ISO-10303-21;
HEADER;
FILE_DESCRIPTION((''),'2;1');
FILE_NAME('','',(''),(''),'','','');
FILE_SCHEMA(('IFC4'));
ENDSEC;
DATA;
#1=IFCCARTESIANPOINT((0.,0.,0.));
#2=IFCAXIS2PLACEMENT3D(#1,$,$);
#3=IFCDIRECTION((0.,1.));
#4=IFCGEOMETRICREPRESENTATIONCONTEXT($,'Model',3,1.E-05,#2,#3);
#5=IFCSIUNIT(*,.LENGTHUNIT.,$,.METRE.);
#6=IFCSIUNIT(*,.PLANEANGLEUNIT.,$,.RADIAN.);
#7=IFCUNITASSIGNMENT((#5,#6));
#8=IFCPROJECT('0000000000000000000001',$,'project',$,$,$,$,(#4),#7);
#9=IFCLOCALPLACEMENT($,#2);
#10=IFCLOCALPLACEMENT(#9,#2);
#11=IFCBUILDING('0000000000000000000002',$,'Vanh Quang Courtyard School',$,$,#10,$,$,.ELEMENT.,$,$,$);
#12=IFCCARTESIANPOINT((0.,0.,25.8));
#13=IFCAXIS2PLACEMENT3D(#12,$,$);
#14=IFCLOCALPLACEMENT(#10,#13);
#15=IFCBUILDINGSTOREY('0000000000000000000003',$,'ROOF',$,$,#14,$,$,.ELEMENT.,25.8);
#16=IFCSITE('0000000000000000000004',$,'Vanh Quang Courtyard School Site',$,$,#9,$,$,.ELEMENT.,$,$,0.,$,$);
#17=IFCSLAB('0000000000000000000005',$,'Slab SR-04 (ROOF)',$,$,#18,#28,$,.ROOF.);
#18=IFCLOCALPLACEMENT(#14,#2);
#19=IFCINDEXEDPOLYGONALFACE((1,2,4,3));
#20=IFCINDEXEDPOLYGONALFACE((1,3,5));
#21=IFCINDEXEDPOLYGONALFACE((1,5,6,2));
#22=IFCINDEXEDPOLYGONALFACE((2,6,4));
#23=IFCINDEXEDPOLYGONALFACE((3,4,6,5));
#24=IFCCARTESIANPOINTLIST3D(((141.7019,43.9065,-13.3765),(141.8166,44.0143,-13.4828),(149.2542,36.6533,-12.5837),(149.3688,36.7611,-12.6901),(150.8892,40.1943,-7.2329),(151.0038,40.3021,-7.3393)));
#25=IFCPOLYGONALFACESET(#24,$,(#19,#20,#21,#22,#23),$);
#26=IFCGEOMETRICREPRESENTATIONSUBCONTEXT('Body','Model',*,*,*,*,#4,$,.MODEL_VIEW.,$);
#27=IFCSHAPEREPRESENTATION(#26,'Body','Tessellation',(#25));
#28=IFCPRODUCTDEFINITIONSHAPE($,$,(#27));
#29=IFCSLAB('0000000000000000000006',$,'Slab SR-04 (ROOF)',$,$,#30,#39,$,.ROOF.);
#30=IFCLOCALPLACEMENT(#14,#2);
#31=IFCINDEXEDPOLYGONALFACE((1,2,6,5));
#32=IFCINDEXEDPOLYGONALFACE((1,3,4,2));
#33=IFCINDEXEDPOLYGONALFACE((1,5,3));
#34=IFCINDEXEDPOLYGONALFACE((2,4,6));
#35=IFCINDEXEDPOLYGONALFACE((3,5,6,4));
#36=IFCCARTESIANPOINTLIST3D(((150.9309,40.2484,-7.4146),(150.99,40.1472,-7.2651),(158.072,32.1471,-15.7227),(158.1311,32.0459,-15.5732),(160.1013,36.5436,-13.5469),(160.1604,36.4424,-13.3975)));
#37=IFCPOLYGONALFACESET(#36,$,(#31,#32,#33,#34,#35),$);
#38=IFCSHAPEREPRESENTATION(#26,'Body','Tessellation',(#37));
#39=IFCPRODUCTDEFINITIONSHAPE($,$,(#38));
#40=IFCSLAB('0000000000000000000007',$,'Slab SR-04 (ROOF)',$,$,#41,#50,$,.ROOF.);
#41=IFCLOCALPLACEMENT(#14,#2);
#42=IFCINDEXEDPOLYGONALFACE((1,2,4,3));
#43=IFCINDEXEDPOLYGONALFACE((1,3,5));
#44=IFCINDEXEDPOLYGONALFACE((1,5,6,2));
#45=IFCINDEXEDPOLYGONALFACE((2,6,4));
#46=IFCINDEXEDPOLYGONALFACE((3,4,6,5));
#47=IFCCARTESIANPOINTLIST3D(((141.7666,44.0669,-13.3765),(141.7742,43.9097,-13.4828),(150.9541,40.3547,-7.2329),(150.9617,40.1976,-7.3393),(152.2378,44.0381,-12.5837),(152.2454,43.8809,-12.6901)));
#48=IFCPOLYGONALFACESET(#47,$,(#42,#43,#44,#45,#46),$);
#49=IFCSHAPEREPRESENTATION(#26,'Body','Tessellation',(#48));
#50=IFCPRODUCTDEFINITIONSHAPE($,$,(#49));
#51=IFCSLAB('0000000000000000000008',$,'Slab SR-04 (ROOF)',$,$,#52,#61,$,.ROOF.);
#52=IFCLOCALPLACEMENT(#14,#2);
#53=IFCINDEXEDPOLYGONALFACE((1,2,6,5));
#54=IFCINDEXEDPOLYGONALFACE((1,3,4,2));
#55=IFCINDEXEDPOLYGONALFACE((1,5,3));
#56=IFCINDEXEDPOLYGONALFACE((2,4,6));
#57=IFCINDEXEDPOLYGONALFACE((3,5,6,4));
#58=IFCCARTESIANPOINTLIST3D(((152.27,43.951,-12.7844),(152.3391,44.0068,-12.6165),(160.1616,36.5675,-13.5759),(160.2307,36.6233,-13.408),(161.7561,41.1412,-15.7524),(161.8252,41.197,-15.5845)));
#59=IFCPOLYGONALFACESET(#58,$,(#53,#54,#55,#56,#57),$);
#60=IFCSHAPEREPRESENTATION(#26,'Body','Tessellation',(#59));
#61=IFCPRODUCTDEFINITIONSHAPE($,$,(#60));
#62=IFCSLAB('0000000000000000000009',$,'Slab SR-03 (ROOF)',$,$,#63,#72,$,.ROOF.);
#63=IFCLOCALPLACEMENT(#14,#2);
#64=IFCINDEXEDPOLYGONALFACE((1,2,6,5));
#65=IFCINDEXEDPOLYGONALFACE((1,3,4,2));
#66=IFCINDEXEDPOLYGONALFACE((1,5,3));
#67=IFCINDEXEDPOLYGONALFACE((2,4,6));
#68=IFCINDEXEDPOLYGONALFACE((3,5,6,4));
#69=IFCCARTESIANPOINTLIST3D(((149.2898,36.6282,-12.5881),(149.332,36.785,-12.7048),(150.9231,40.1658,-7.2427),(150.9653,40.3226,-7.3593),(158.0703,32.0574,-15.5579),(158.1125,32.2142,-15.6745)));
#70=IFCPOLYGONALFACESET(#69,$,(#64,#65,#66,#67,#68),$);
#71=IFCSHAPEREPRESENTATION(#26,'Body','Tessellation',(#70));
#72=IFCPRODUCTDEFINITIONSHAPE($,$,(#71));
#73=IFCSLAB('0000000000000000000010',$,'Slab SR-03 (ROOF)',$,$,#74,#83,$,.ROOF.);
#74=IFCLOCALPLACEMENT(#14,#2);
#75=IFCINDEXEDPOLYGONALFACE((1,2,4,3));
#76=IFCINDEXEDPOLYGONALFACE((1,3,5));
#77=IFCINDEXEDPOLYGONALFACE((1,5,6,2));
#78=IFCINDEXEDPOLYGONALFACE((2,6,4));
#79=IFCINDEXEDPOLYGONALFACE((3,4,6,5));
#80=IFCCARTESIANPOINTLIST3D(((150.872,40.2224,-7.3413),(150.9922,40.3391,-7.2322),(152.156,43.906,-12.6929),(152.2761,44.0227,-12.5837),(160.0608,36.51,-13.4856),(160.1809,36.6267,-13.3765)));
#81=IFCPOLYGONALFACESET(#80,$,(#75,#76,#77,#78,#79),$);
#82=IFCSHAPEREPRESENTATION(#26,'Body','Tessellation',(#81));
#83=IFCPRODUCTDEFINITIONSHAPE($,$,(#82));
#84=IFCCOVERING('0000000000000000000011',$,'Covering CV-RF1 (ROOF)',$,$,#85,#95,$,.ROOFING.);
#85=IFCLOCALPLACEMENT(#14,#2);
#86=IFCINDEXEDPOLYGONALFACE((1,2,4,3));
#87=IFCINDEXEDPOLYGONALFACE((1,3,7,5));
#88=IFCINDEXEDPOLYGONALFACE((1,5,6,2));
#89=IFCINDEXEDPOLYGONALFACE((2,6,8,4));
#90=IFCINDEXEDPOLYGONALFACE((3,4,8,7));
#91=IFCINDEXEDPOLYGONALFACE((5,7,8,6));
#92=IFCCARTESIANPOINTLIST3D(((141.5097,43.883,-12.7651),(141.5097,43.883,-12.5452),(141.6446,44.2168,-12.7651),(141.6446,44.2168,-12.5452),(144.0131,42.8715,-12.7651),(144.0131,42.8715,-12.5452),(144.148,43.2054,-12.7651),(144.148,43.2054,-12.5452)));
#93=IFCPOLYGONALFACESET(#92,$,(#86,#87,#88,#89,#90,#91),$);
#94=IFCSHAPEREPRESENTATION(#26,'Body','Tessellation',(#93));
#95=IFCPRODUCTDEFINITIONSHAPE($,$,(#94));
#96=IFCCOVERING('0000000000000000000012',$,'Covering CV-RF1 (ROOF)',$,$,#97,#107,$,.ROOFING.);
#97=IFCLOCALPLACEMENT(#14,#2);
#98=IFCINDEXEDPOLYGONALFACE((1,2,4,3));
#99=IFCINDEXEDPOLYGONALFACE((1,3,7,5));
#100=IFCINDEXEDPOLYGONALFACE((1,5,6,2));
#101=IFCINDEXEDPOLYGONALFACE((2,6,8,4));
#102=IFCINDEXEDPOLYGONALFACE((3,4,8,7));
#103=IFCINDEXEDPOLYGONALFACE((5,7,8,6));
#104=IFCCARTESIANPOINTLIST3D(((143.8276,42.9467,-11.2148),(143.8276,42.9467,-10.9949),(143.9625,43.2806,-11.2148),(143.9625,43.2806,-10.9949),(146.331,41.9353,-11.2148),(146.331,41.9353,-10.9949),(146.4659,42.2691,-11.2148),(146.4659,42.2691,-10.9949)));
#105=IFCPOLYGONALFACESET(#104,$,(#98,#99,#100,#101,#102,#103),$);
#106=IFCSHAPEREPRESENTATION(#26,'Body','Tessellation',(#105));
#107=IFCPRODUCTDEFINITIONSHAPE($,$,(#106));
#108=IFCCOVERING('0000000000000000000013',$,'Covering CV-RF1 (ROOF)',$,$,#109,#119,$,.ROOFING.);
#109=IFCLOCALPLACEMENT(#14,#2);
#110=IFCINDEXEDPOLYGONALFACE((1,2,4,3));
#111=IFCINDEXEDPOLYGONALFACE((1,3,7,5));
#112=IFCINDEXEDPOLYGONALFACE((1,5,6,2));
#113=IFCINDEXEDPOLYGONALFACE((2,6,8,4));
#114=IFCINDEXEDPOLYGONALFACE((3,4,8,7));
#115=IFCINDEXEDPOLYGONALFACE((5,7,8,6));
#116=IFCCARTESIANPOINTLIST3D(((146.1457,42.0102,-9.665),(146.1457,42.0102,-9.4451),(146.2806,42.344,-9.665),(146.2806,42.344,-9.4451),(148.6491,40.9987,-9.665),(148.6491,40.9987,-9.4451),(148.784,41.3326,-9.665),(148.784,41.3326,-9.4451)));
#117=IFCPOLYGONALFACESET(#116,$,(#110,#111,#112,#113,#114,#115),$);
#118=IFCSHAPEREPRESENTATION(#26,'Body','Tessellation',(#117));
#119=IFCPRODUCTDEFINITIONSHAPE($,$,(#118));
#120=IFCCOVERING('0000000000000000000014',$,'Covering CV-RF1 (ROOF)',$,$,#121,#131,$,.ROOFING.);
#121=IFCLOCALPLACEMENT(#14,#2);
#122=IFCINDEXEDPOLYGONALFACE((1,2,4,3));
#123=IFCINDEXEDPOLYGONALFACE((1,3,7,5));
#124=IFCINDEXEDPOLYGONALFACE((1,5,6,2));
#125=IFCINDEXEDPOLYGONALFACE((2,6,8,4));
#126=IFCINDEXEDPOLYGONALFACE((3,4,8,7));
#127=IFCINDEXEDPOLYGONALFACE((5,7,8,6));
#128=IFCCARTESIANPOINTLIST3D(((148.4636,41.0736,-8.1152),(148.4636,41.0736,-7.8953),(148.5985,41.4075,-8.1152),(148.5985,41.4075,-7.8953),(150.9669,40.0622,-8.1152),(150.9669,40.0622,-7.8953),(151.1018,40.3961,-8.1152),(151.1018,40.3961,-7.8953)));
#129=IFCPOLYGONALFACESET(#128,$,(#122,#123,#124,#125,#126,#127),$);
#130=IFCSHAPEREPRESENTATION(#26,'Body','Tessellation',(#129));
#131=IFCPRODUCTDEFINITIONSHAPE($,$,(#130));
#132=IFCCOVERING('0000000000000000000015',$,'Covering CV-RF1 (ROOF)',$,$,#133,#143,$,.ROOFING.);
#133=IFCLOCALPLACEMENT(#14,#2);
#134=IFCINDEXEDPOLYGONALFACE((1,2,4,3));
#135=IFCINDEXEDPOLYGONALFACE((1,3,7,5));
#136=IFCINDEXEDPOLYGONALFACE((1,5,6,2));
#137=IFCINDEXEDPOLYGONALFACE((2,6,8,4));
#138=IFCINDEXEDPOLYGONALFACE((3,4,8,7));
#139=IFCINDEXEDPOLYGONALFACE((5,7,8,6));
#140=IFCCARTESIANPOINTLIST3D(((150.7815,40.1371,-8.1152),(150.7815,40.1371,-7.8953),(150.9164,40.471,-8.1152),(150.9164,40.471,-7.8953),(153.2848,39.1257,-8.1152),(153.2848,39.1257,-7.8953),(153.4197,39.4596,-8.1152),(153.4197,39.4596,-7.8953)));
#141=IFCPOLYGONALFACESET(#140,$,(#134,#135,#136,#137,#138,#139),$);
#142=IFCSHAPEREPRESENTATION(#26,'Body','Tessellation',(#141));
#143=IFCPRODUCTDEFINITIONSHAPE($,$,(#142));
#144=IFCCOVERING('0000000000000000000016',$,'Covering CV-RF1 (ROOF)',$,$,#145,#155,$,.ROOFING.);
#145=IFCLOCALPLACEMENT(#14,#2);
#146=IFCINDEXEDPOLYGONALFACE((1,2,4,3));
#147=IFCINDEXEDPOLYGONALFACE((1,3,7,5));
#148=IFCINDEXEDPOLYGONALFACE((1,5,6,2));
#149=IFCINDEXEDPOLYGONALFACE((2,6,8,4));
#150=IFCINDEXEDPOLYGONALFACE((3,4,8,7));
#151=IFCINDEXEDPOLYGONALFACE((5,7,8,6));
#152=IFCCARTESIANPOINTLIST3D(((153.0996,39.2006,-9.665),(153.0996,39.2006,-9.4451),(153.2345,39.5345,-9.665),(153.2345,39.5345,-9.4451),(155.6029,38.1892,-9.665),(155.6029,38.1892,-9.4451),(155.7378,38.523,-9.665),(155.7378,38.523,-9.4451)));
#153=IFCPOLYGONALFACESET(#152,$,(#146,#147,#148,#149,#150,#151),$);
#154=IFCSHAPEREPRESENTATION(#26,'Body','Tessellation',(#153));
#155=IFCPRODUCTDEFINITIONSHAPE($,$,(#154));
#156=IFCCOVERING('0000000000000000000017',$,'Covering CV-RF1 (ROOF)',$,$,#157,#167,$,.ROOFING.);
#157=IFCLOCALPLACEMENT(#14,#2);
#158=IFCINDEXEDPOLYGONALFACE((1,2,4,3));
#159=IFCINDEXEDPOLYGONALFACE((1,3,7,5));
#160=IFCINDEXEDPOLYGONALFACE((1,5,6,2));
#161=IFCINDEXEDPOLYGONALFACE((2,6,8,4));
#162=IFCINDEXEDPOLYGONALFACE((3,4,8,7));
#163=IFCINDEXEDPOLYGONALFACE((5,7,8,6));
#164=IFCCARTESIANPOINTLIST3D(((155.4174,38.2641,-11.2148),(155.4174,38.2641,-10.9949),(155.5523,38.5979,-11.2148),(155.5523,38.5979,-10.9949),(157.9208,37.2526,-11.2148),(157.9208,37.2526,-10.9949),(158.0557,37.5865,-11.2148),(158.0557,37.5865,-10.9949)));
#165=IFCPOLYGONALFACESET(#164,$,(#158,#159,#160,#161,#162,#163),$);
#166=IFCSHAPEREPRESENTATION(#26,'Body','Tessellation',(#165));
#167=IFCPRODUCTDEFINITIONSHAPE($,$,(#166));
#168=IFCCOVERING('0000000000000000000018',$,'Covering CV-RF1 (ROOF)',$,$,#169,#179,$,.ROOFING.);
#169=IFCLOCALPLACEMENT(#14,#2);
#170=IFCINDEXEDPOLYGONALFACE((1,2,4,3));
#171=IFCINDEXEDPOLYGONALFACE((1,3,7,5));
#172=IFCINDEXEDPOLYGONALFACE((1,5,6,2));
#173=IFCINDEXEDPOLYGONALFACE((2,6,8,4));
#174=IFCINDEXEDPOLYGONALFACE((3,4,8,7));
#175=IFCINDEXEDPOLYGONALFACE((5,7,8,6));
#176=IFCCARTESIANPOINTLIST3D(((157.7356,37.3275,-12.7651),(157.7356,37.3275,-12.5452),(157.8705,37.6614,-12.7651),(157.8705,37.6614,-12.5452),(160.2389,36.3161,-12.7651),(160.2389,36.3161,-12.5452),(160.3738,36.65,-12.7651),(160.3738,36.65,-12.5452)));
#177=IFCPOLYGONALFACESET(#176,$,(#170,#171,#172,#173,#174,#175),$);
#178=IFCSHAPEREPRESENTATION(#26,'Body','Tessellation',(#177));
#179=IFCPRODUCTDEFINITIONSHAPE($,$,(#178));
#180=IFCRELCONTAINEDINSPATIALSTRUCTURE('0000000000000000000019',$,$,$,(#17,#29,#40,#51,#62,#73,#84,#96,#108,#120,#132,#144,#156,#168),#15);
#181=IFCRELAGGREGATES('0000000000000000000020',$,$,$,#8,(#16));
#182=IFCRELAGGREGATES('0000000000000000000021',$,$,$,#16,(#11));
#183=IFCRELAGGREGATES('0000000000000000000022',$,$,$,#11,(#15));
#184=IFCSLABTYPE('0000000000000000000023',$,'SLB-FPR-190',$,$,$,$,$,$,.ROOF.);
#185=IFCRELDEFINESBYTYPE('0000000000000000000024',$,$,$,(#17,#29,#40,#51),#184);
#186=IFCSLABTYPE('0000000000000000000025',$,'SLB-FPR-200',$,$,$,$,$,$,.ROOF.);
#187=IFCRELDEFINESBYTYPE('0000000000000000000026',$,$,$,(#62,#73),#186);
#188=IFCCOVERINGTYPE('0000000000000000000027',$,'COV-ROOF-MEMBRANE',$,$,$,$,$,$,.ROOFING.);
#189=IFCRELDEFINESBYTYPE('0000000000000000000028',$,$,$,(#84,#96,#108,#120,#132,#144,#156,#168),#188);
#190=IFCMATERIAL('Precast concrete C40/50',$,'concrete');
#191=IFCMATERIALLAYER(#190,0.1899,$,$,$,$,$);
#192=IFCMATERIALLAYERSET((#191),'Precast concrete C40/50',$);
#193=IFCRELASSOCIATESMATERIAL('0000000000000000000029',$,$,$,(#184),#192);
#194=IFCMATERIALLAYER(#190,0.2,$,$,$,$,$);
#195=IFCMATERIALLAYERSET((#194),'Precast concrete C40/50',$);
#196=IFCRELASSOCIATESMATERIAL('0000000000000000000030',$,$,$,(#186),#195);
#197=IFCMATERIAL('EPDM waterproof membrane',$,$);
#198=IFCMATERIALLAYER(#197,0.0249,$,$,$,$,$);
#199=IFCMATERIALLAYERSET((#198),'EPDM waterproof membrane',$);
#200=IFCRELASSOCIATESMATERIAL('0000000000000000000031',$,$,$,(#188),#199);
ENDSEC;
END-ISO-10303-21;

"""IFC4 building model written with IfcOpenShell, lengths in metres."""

from ifc_helpers import new_model, si_unit, direction, frame, origin, origin_2d, place, context, subcontext, project, spatial, polyline, rectangle, outline, extrude, material, layer, layer_set, type_object, element, save


model = new_model("IFC4")

# Units and contexts
model_context = context("Model", 3, precision=1e-05, world=origin(), true_north=direction((0.0, 1.0)))
body_context = subcontext(model_context, "Body", "Model", "MODEL_VIEW")
ifc_project = project(units=[si_unit("LENGTHUNIT", "METRE"), si_unit("PLANEANGLEUNIT", "RADIAN")], contexts=[model_context])

# Site, building, storey
site_placement = place(None, origin())
site = spatial("IfcSite", under=ifc_project, at=site_placement, Name="Vanh Quang Courtyard School Site", CompositionType="ELEMENT", RefElevation=0.0)
building_placement = place(site_placement, origin())
building = spatial("IfcBuilding", under=site, at=building_placement, Name="Vanh Quang Courtyard School", CompositionType="ELEMENT")
storey_placement = place(building_placement, frame((0.0, 0.0, 25.8)))
storey = spatial("IfcBuildingStorey", under=building, at=storey_placement, Name="ROOF", CompositionType="ELEMENT", Elevation=25.8)

# Slabs
ifc_material_1 = material(Name="Precast concrete C40/50", Category="concrete")
ifc_layer_1 = layer(ifc_material_1, 0.1899)
ifc_layer_set_1 = layer_set([ifc_layer_1], Name="Precast concrete C40/50")
slab_type_1 = type_object("IfcSlabType", Name="SLB-FPR-190", PredefinedType="ROOF", material=ifc_layer_set_1)
slab_1_placement = place(storey_placement, frame((141.7019, 43.9065, -13.3765), z_axis=(-0.60372, -0.567412, 0.55997), x_axis=(0.719185, -0.690705, 0.07549)))
element("IfcSlab", 1, at=slab_1_placement, inside=storey, type_object=slab_type_1, Name="Slab SR-04 (ROOF)", PredefinedType="ROOF", context=body_context, shape_type="SweptSolid", body=[
    extrude(outline(polyline([(0.0, 0.0), (10.5011, 0.0), (9.6351, 6.5646), (0.0, 0.0)])), origin(), (0.0, 0.0, -1.0), 0.1899),
])
slab_2_placement = place(storey_placement, frame((150.99, 40.1472, -7.2651), z_axis=(0.310919, -0.532963, 0.786943), x_axis=(0.524103, -0.594575, -0.609751)))
element("IfcSlab", 2, at=slab_2_placement, inside=storey, type_object=slab_type_1, Name="Slab SR-04 (ROOF)", PredefinedType="ROOF", context=body_context, shape_type="SweptSolid", body=[
    extrude(outline(polyline([(0.0, 0.0), (13.6254, 0.0), (10.7482, 4.4613), (0.0, 0.0)])), origin(), (0.0, 0.0, -1.0), 0.1899),
])
slab_3_placement = place(storey_placement, frame((141.7666, 44.0669, -13.3765), z_axis=(-0.040119, 0.827514, 0.560011), x_axis=(0.788014, -0.318393, 0.526934)))
element("IfcSlab", 3, at=slab_3_placement, inside=storey, type_object=slab_type_1, Name="Slab SR-04 (ROOF)", PredefinedType="ROOF", context=body_context, shape_type="SweptSolid", body=[
    extrude(outline(polyline([(0.0, 0.0), (11.6591, 0.0), (8.6783, 5.9128), (0.0, 0.0)])), origin(), (0.0, 0.0, -1.0), 0.1899),
])
slab_4_placement = place(storey_placement, frame((152.3391, 44.0068, -12.6165), z_axis=(0.363629, 0.29389, 0.88397), x_axis=(0.728271, -0.681385, -0.073043)))
element("IfcSlab", 4, at=slab_4_placement, inside=storey, type_object=slab_type_1, Name="Slab SR-04 (ROOF)", PredefinedType="ROOF", context=body_context, shape_type="SweptSolid", body=[
    extrude(outline(polyline([(0.0, 0.0), (10.8361, 0.0), (9.0398, 4.9972), (0.0, 0.0)])), origin(), (0.0, 0.0, -1.0), 0.1899),
])
ifc_layer_2 = layer(ifc_material_1, 0.2)
ifc_layer_set_2 = layer_set([ifc_layer_2], Name="Precast concrete C40/50")
slab_type_2 = type_object("IfcSlabType", Name="SLB-FPR-200", PredefinedType="ROOF", material=ifc_layer_set_2)
slab_5_placement = place(storey_placement, frame((149.2898, 36.6282, -12.5881), z_axis=(-0.210919, -0.784267, 0.58347), x_axis=(0.849603, -0.442271, -0.287351)))
element("IfcSlab", 5, at=slab_5_placement, inside=storey, type_object=slab_type_2, Name="Slab SR-03 (ROOF)", PredefinedType="ROOF", context=body_context, shape_type="SweptSolid", body=[
    extrude(outline(polyline([(0.0, 0.0), (10.3348, 0.0), (-1.7129, 6.3892), (0.0, 0.0)])), origin(), (0.0, 0.0, -1.0), 0.2),
])
slab_6_placement = place(storey_placement, frame((150.9922, 40.3391, -7.2322), z_axis=(0.600937, 0.583757, 0.545988), x_axis=(0.788023, -0.318375, -0.526933)))
element("IfcSlab", 6, at=slab_6_placement, inside=storey, type_object=slab_type_2, Name="Slab SR-03 (ROOF)", PredefinedType="ROOF", context=body_context, shape_type="SweptSolid", body=[
    extrude(outline(polyline([(0.0, 0.0), (11.6605, 0.0), (2.6589, 6.0652), (0.0, 0.0)])), origin(), (0.0, 0.0, -1.0), 0.2),
])

# Coverings
ifc_material_2 = material(Name="EPDM waterproof membrane")
ifc_layer_3 = layer(ifc_material_2, 0.0249)
ifc_layer_set_3 = layer_set([ifc_layer_3], Name="EPDM waterproof membrane")
covering_type = type_object("IfcCoveringType", Name="COV-ROOF-MEMBRANE", PredefinedType="ROOFING", material=ifc_layer_set_3)
for number, where, z_axis, x_axis, name in (
    (7, (142.8289, 43.5442, -12.7651), (0.0, 0.0, 1.0), (0.927184, -0.374607, 0.0), "Covering CV-RF1 (ROOF)"),
    (8, (145.1467, 42.6079, -11.2148), (0.0, 0.0, 1.0), (0.927184, -0.374607, 0.0), "Covering CV-RF1 (ROOF)"),
    (9, (147.4648, 41.6714, -9.665), (0.0, 0.0, 1.0), (0.927184, -0.374607, 0.0), "Covering CV-RF1 (ROOF)"),
    (10, (149.7827, 40.7349, -8.1152), (0.0, 0.0, 1.0), (0.927184, -0.374607, 0.0), "Covering CV-RF1 (ROOF)"),
    (11, (152.1006, 39.7983, -8.1152), (0.0, 0.0, 1.0), (0.927184, -0.374607, 0.0), "Covering CV-RF1 (ROOF)"),
    (12, (154.4187, 38.8618, -9.665), (0.0, 0.0, 1.0), (0.927184, -0.374607, 0.0), "Covering CV-RF1 (ROOF)"),
    (13, (156.7366, 37.9253, -11.2148), (0.0, 0.0, 1.0), (0.927184, -0.374607, 0.0), "Covering CV-RF1 (ROOF)"),
    (14, (159.0547, 36.9888, -12.7651), (0.0, 0.0, 1.0), (0.927184, -0.374607, 0.0), "Covering CV-RF1 (ROOF)"),
):
    element("IfcCovering", number, at=place(storey_placement, frame(where, z_axis=z_axis, x_axis=x_axis)), inside=storey, type_object=covering_type, Name=name, PredefinedType="ROOFING", context=body_context, shape_type="SweptSolid", body=[
        extrude(rectangle(XDim=2.7, YDim=0.3601, at=origin_2d()), origin(), (0.0, 0.0, 1.0), 0.22),
    ])

save(model, "model.ifc")
